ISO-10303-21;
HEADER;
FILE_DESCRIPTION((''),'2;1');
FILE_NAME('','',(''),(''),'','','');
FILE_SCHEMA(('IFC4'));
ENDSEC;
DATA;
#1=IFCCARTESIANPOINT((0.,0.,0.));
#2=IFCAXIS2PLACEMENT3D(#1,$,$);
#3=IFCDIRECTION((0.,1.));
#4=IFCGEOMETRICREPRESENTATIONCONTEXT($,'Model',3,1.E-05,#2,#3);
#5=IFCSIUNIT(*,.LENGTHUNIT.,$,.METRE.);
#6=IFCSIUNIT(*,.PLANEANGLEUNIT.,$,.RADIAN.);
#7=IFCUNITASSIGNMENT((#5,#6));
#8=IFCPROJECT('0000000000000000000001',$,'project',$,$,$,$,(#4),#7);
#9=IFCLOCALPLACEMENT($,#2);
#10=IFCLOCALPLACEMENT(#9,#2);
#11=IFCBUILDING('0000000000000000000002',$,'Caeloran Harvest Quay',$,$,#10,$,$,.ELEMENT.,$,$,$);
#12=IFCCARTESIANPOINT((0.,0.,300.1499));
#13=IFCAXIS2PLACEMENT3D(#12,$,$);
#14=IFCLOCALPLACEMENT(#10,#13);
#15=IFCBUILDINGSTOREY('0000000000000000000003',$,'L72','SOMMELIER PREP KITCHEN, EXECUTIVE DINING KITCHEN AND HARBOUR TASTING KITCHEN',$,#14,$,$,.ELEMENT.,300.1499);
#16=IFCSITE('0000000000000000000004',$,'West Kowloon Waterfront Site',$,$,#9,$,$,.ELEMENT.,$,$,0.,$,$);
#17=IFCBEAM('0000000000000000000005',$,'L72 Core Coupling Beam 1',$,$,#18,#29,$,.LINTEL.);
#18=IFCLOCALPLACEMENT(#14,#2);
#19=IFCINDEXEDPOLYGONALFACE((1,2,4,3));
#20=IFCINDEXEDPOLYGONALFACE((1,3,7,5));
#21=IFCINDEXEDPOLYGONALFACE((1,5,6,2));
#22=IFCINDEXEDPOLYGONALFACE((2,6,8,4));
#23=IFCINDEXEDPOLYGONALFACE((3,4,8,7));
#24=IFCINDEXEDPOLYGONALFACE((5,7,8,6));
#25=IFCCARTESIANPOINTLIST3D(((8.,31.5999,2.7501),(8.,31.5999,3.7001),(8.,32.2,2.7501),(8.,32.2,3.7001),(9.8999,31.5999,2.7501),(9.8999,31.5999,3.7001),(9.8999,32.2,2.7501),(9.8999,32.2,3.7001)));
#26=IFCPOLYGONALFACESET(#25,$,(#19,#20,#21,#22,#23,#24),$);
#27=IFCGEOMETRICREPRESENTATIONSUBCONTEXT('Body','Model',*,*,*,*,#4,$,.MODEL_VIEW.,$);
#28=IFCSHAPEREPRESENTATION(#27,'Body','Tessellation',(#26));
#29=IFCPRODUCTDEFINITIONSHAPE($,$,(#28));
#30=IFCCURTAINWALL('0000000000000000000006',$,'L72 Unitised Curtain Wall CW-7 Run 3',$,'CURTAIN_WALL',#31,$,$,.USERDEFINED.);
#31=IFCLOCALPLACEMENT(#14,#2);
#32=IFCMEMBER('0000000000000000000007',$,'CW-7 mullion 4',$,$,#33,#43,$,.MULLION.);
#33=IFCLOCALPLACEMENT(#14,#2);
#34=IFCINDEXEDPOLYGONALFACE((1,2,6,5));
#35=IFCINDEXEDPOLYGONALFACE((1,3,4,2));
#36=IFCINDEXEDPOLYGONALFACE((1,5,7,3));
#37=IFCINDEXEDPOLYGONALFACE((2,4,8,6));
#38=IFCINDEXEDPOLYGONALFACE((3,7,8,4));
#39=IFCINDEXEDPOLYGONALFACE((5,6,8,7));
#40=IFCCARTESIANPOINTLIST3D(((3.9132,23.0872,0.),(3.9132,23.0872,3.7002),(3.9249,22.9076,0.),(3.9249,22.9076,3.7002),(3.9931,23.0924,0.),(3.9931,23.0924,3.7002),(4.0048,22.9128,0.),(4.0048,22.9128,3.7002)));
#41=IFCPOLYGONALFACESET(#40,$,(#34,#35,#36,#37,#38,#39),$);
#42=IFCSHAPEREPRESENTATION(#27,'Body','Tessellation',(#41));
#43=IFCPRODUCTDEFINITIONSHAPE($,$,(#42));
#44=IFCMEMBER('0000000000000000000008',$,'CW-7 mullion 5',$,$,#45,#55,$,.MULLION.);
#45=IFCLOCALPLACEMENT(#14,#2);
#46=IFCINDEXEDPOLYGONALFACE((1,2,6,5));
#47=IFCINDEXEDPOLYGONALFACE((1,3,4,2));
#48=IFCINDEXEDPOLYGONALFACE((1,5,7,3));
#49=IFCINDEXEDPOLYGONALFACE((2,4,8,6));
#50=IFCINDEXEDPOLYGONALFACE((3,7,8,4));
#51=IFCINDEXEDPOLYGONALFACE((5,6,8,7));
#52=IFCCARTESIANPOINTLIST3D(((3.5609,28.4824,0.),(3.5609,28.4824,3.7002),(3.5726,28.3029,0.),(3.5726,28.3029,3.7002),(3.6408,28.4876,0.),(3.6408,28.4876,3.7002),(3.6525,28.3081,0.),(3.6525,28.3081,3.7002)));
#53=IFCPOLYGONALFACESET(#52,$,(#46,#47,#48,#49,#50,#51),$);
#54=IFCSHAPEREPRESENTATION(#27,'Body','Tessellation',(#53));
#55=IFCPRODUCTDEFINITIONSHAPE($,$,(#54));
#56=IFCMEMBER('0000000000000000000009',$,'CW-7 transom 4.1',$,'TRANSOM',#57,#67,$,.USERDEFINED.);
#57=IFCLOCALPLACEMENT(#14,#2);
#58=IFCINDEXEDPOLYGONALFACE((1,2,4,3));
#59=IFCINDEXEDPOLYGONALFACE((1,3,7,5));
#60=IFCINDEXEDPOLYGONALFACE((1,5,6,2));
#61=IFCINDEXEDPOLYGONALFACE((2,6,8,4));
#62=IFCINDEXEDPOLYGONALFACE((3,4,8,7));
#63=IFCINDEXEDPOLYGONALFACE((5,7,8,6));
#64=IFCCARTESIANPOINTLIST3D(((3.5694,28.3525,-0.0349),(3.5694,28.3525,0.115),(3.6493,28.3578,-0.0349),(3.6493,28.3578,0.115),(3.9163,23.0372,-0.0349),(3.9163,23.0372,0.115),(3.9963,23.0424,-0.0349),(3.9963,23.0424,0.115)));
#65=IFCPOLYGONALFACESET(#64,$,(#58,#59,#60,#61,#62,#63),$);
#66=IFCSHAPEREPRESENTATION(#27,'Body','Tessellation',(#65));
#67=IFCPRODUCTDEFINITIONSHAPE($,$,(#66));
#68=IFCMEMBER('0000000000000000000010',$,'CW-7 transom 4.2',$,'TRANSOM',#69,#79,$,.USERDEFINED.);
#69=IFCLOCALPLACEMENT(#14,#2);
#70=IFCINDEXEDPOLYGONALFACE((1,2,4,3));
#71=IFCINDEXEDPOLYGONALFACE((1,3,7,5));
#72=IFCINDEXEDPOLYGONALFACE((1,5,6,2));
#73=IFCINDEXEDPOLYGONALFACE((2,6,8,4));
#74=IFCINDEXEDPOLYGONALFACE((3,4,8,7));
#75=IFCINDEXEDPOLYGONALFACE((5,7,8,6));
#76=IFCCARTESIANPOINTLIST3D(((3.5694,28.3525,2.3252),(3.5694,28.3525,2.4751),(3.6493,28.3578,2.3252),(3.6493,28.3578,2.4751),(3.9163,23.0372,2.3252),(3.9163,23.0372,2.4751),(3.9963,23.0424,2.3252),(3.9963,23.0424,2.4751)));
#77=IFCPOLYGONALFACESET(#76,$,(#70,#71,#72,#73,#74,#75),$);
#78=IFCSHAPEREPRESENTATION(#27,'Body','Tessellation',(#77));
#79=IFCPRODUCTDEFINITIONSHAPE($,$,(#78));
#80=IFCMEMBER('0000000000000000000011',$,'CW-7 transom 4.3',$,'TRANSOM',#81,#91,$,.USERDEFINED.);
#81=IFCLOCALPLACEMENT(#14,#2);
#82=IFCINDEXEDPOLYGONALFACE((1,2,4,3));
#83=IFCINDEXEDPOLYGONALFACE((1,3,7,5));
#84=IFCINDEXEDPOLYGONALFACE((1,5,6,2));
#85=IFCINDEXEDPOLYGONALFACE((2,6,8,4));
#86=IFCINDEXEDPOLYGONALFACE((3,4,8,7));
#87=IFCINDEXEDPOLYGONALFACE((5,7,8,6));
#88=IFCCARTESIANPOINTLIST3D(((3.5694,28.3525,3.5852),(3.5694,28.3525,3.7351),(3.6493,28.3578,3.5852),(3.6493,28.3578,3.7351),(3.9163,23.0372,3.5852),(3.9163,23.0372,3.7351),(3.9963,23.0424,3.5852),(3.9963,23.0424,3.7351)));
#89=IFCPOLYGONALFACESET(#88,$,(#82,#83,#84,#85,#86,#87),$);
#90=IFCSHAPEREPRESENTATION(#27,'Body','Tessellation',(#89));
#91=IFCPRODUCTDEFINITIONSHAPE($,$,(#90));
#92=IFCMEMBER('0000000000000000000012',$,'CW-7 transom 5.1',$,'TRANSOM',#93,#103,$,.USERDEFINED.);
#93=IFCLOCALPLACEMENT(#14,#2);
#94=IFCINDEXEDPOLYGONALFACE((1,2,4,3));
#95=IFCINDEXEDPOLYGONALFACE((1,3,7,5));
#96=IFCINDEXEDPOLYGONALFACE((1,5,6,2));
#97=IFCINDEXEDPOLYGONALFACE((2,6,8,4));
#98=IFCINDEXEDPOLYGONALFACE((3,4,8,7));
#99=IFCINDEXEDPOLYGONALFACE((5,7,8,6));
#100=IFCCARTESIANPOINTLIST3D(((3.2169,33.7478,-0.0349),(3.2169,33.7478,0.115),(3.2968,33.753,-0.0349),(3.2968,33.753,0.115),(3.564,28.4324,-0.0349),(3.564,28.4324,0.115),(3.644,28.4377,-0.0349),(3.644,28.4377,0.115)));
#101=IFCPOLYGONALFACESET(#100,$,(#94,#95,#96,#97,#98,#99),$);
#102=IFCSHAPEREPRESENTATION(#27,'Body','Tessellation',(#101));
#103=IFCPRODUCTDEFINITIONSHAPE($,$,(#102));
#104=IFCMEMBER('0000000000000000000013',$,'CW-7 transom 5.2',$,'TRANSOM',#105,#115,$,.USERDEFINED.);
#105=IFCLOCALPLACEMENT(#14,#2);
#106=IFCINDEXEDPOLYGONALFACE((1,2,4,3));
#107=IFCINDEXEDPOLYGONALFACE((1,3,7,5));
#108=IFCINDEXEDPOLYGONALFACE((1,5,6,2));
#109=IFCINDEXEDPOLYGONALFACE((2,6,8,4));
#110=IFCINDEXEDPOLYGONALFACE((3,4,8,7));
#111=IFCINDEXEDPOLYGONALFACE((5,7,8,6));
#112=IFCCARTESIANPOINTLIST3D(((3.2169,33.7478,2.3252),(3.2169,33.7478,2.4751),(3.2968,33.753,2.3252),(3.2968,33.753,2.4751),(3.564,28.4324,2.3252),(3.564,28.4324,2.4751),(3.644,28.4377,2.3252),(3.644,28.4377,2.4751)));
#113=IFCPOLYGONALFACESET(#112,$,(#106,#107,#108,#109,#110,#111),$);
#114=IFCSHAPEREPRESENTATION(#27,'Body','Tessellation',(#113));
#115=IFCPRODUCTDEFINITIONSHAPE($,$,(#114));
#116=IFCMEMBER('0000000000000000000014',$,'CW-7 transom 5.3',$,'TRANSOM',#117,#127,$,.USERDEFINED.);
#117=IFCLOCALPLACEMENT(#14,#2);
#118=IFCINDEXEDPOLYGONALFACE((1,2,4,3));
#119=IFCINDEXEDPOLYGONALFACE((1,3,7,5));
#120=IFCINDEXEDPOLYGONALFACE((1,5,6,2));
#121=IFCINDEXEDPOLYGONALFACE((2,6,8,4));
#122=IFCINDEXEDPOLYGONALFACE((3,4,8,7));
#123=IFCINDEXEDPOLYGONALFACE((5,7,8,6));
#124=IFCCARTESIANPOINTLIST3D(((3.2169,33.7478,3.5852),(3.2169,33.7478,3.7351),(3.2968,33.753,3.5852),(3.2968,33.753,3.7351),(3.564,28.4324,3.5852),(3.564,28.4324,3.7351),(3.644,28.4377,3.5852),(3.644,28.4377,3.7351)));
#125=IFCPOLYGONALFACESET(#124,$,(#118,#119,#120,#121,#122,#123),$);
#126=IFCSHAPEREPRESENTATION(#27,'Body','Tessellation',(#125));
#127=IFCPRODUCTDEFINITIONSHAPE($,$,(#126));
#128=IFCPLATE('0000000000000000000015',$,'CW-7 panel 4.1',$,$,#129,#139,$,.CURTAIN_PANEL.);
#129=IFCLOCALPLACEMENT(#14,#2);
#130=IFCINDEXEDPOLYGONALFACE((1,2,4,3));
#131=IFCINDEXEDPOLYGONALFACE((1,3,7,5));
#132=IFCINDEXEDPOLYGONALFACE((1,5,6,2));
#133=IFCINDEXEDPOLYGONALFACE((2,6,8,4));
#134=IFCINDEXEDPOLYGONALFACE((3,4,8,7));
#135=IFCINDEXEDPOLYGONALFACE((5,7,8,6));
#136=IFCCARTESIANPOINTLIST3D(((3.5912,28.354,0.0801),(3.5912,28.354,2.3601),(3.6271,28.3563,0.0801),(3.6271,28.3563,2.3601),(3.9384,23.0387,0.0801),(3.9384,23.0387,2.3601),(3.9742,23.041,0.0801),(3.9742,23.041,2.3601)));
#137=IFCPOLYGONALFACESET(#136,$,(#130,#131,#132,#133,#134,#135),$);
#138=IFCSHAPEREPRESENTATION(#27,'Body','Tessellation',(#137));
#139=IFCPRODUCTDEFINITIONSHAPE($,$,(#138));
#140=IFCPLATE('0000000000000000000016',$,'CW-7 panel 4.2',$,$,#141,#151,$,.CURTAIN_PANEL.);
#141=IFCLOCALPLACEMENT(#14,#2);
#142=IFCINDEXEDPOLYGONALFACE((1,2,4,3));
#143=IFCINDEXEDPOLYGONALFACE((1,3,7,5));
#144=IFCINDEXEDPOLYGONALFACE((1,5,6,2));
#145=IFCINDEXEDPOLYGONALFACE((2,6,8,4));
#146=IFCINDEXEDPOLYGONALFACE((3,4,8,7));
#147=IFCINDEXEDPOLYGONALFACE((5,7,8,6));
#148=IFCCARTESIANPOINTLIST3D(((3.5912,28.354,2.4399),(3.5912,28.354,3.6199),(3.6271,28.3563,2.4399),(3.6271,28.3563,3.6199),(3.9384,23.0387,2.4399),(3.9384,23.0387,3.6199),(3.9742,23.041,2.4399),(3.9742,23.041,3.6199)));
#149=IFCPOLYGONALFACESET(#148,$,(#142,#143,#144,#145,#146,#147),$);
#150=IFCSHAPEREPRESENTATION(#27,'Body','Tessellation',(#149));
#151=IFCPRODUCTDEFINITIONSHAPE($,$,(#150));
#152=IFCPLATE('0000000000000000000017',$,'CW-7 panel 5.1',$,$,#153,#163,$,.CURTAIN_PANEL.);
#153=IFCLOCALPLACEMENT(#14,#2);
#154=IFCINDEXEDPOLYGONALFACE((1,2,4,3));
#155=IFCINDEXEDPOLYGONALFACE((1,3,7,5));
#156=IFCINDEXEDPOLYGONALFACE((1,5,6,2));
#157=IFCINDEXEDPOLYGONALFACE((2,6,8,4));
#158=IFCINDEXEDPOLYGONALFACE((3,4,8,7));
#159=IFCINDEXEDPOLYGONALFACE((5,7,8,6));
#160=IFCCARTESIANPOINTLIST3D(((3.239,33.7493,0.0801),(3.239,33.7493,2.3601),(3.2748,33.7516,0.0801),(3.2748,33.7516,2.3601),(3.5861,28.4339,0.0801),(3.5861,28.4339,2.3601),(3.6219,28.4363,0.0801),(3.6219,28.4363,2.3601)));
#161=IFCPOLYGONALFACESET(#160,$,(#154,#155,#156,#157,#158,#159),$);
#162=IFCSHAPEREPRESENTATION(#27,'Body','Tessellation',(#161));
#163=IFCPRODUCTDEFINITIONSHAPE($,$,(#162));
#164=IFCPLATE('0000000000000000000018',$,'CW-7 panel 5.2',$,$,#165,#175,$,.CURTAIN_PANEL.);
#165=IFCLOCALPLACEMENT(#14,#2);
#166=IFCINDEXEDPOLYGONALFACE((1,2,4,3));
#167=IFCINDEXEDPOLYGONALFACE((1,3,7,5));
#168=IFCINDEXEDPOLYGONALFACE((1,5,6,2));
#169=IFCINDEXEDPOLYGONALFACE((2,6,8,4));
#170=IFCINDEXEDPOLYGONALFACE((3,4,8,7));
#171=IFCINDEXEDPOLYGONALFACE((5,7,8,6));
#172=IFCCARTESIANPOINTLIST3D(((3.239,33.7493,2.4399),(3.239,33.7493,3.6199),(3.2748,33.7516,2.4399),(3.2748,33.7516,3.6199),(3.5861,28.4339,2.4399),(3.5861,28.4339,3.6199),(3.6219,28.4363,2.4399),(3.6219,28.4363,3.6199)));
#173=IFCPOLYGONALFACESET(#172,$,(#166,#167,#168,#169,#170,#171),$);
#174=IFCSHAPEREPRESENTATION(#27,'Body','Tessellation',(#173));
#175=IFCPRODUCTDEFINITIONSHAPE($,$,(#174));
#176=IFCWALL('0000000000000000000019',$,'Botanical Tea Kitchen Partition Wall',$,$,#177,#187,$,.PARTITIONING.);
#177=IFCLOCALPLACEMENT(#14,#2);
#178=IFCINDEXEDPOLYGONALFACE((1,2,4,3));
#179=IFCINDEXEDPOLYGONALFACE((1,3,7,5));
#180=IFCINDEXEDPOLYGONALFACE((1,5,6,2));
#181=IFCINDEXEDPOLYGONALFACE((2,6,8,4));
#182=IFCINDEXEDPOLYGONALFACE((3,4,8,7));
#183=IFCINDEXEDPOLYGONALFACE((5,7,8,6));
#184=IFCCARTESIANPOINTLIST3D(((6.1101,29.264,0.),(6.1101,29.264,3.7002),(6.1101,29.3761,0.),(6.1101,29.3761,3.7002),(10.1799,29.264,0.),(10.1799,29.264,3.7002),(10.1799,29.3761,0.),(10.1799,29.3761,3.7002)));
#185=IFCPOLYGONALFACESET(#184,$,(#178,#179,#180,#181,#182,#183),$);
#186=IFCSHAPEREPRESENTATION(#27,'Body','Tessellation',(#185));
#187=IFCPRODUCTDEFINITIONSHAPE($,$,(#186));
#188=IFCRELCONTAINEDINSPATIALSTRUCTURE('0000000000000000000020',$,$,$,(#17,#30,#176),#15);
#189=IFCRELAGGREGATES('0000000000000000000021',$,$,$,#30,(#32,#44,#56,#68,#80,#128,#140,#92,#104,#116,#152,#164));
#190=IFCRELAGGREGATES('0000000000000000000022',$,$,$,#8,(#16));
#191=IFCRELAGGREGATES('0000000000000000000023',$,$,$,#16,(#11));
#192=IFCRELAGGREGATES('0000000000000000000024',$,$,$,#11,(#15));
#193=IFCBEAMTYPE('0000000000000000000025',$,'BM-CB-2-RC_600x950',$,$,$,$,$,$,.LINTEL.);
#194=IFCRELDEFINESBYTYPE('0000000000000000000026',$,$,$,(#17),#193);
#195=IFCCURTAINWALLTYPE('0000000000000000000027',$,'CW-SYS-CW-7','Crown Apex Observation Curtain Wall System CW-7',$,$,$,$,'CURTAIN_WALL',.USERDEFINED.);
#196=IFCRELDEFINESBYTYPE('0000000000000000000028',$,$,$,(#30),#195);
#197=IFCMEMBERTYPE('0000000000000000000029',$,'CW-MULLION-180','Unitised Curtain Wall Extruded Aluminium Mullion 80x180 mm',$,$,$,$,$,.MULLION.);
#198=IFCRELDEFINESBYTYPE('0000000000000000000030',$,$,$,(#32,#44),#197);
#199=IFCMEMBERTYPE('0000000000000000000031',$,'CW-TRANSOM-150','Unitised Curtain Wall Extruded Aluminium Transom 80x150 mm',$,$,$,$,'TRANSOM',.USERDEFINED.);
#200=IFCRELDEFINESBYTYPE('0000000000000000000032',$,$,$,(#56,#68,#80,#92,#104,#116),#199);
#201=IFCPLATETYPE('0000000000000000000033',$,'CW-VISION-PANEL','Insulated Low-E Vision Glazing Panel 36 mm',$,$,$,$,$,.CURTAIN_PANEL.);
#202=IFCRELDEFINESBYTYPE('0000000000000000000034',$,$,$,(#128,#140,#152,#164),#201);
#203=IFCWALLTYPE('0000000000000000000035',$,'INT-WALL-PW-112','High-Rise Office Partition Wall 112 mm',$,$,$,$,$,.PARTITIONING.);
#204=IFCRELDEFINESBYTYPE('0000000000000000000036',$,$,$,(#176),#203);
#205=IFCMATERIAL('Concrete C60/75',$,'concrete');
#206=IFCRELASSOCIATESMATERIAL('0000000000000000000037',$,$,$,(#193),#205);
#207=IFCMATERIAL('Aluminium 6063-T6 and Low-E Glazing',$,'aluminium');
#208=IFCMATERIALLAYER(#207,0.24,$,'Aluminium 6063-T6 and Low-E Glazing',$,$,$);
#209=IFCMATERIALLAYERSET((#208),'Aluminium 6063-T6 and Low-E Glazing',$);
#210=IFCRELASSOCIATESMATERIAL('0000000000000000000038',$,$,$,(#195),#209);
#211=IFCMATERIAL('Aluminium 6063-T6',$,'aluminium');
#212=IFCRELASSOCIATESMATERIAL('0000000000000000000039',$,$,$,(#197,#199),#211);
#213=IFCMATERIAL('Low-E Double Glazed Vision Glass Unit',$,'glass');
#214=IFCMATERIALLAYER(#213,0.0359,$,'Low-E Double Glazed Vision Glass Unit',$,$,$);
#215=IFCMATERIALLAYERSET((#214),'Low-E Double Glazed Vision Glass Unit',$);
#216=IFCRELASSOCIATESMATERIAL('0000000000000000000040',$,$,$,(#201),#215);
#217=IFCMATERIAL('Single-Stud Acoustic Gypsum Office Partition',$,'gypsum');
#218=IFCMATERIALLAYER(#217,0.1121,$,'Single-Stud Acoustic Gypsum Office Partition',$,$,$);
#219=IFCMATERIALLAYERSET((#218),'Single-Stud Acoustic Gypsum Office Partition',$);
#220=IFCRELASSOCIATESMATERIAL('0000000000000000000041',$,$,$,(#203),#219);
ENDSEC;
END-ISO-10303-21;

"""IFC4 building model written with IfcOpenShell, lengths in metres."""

from ifc_helpers import new_model, si_unit, direction, frame, frame_2d, origin, origin_2d, place, context, subcontext, project, spatial, rectangle, extrude, material, layer, layer_set, material_profile, profile_set, type_object, element, aggregate, save


model = new_model("IFC4")

# Units and contexts
model_context = context("Model", 3, precision=1e-05, world=origin(), true_north=direction((0.0, 1.0)))
body_context = subcontext(model_context, "Body", "Model", "MODEL_VIEW")
ifc_project = project(units=[si_unit("LENGTHUNIT", "METRE"), si_unit("PLANEANGLEUNIT", "RADIAN")], contexts=[model_context])

# Site, building, storey
site_placement = place(None, origin())
site = spatial("IfcSite", under=ifc_project, at=site_placement, Name="West Kowloon Waterfront Site", CompositionType="ELEMENT", RefElevation=0.0)
building_placement = place(site_placement, origin())
building = spatial("IfcBuilding", under=site, at=building_placement, Name="Caeloran Harvest Quay", CompositionType="ELEMENT")
storey_placement = place(building_placement, frame((0.0, 0.0, 300.1499)))
storey = spatial("IfcBuildingStorey", under=building, at=storey_placement, Name="L72", Description="SOMMELIER PREP KITCHEN, EXECUTIVE DINING KITCHEN AND HARBOUR TASTING KITCHEN", CompositionType="ELEMENT", Elevation=300.1499)

# Beam
ifc_material_1 = material(Name="Concrete C60/75", Category="concrete")
ifc_material_profile_1 = material_profile(ifc_material_1, rectangle(XDim=0.6001, YDim=0.95, at=origin_2d()), Name="RC 600x950")
ifc_profile_set_1 = profile_set([ifc_material_profile_1], Name="Concrete C60/75")
beam_type = type_object("IfcBeamType", Name="BM-CB-2-RC_600x950", PredefinedType="LINTEL", material=ifc_profile_set_1)
beam_placement = place(storey_placement, frame((8.0, 31.8999, 3.2251), z_axis=(1.0, 0.0, 0.0), x_axis=(0.0, 1.0, 0.0)))
element("IfcBeam", 1, at=beam_placement, inside=storey, type_object=beam_type, Name="L72 Core Coupling Beam 1", PredefinedType="LINTEL", context=body_context, shape_type="SweptSolid", body=[
    extrude(rectangle(XDim=0.6001, YDim=0.95, at=origin_2d()), origin(), (0.0, 0.0, 1.0), 1.8999),
])

# Curtain wall, members, plates
ifc_material_2 = material(Name="Aluminium 6063-T6 and Low-E Glazing", Category="aluminium")
ifc_layer_1 = layer(ifc_material_2, 0.24, Name="Aluminium 6063-T6 and Low-E Glazing")
ifc_layer_set_1 = layer_set([ifc_layer_1], Name="Aluminium 6063-T6 and Low-E Glazing")
curtain_wall_type = type_object("IfcCurtainWallType", Name="CW-SYS-CW-7", Description="Crown Apex Observation Curtain Wall System CW-7", ElementType="CURTAIN_WALL", PredefinedType="USERDEFINED", material=ifc_layer_set_1)
curtain_wall_placement = place(storey_placement, origin())
curtain_wall = element("IfcCurtainWall", 2, at=curtain_wall_placement, inside=storey, type_object=curtain_wall_type, Name="L72 Unitised Curtain Wall CW-7 Run 3", ObjectType="CURTAIN_WALL", PredefinedType="USERDEFINED")
ifc_material_3 = material(Name="Aluminium 6063-T6", Category="aluminium")
ifc_material_profile_2 = material_profile(ifc_material_3, rectangle(XDim=0.0801, YDim=0.1799, at=origin_2d()), Name="CW-MULLION-180")
ifc_profile_set_2 = profile_set([ifc_material_profile_2], Name="Aluminium 6063-T6")
member_type_1 = type_object("IfcMemberType", Name="CW-MULLION-180", Description="Unitised Curtain Wall Extruded Aluminium Mullion 80x180 mm", PredefinedType="MULLION", material=ifc_profile_set_2)
member_1_placement = place(storey_placement, frame((3.959, 23.0, 0.0), z_axis=(0.0, 0.0, 1.0), x_axis=(-0.997874, -0.065167, 0.0)))
member_1 = element("IfcMember", 3, at=member_1_placement, type_object=member_type_1, Name="CW-7 mullion 4", PredefinedType="MULLION", context=body_context, shape_type="SweptSolid", body=[
    extrude(rectangle(XDim=0.0801, YDim=0.1799, at=origin_2d()), origin(), (0.0, 0.0, 1.0), 3.7002),
])
member_2_placement = place(storey_placement, frame((3.6067, 28.3953, 0.0), z_axis=(0.0, 0.0, 1.0), x_axis=(-0.997874, -0.065167, 0.0)))
member_2 = element("IfcMember", 4, at=member_2_placement, type_object=member_type_1, Name="CW-7 mullion 5", PredefinedType="MULLION", context=body_context, shape_type="SweptSolid", body=[
    extrude(rectangle(XDim=0.0801, YDim=0.1799, at=origin_2d()), origin(), (0.0, 0.0, 1.0), 3.7002),
])
ifc_material_profile_3 = material_profile(ifc_material_3, rectangle(XDim=0.0801, YDim=0.1499, at=origin_2d()), Name="CW-TRANSOM-150")
ifc_profile_set_3 = profile_set([ifc_material_profile_3], Name="Aluminium 6063-T6")
member_type_2 = type_object("IfcMemberType", Name="CW-TRANSOM-150", Description="Unitised Curtain Wall Extruded Aluminium Transom 80x150 mm", ElementType="TRANSOM", PredefinedType="USERDEFINED", material=ifc_profile_set_3)
member_3_placement = place(storey_placement, frame((3.9563, 23.0398, 0.04), z_axis=(-0.065129, 0.997877, 0.0), x_axis=(-0.997877, -0.065129, 0.0)))
member_3 = element("IfcMember", 5, at=member_3_placement, type_object=member_type_2, Name="CW-7 transom 4.1", ObjectType="TRANSOM", PredefinedType="USERDEFINED", context=body_context, shape_type="SweptSolid", body=[
    extrude(rectangle(XDim=0.0801, YDim=0.1499, at=origin_2d()), origin(), (0.0, 0.0, 1.0), 5.3267),
])
member_4_placement = place(storey_placement, frame((3.9563, 23.0398, 2.4001), z_axis=(-0.065129, 0.997877, 0.0), x_axis=(-0.997877, -0.065129, 0.0)))
member_4 = element("IfcMember", 6, at=member_4_placement, type_object=member_type_2, Name="CW-7 transom 4.2", ObjectType="TRANSOM", PredefinedType="USERDEFINED", context=body_context, shape_type="SweptSolid", body=[
    extrude(rectangle(XDim=0.0801, YDim=0.1499, at=origin_2d()), origin(), (0.0, 0.0, 1.0), 5.3267),
])
member_5_placement = place(storey_placement, frame((3.9563, 23.0398, 3.6602), z_axis=(-0.065129, 0.997877, 0.0), x_axis=(-0.997877, -0.065129, 0.0)))
member_5 = element("IfcMember", 7, at=member_5_placement, type_object=member_type_2, Name="CW-7 transom 4.3", ObjectType="TRANSOM", PredefinedType="USERDEFINED", context=body_context, shape_type="SweptSolid", body=[
    extrude(rectangle(XDim=0.0801, YDim=0.1499, at=origin_2d()), origin(), (0.0, 0.0, 1.0), 5.3267),
])
member_6_placement = place(storey_placement, frame((3.604, 28.4351, 0.04), z_axis=(-0.065174, 0.997874, 0.0), x_axis=(-0.997874, -0.065174, 0.0)))
member_6 = element("IfcMember", 8, at=member_6_placement, type_object=member_type_2, Name="CW-7 transom 5.1", ObjectType="TRANSOM", PredefinedType="USERDEFINED", context=body_context, shape_type="SweptSolid", body=[
    extrude(rectangle(XDim=0.0801, YDim=0.1499, at=origin_2d()), origin(), (0.0, 0.0, 1.0), 5.3267),
])
member_7_placement = place(storey_placement, frame((3.604, 28.4351, 2.4001), z_axis=(-0.065174, 0.997874, 0.0), x_axis=(-0.997874, -0.065174, 0.0)))
member_7 = element("IfcMember", 9, at=member_7_placement, type_object=member_type_2, Name="CW-7 transom 5.2", ObjectType="TRANSOM", PredefinedType="USERDEFINED", context=body_context, shape_type="SweptSolid", body=[
    extrude(rectangle(XDim=0.0801, YDim=0.1499, at=origin_2d()), origin(), (0.0, 0.0, 1.0), 5.3267),
])
member_8_placement = place(storey_placement, frame((3.604, 28.4351, 3.6602), z_axis=(-0.065174, 0.997874, 0.0), x_axis=(-0.997874, -0.065174, 0.0)))
member_8 = element("IfcMember", 10, at=member_8_placement, type_object=member_type_2, Name="CW-7 transom 5.3", ObjectType="TRANSOM", PredefinedType="USERDEFINED", context=body_context, shape_type="SweptSolid", body=[
    extrude(rectangle(XDim=0.0801, YDim=0.1499, at=origin_2d()), origin(), (0.0, 0.0, 1.0), 5.3267),
])
ifc_material_4 = material(Name="Low-E Double Glazed Vision Glass Unit", Category="glass")
ifc_layer_2 = layer(ifc_material_4, 0.0359, Name="Low-E Double Glazed Vision Glass Unit")
ifc_layer_set_2 = layer_set([ifc_layer_2], Name="Low-E Double Glazed Vision Glass Unit")
plate_type = type_object("IfcPlateType", Name="CW-VISION-PANEL", Description="Insulated Low-E Vision Glazing Panel 36 mm", PredefinedType="CURTAIN_PANEL", material=ifc_layer_set_2)
plate_1_placement = place(storey_placement, frame((3.7827, 25.6975, 0.0801), z_axis=(0.0, 0.0, 1.0), x_axis=(-0.065167, 0.997874, 0.0)))
plate_1 = element("IfcPlate", 11, at=plate_1_placement, type_object=plate_type, Name="CW-7 panel 4.1", PredefinedType="CURTAIN_PANEL", context=body_context, shape_type="SweptSolid", body=[
    extrude(rectangle(XDim=5.3267, YDim=0.0359, at=origin_2d()), origin(), (0.0, 0.0, 1.0), 2.28),
])
plate_2_placement = place(storey_placement, frame((3.7827, 25.6975, 2.4399), z_axis=(0.0, 0.0, 1.0), x_axis=(-0.065167, 0.997874, 0.0)))
plate_2 = element("IfcPlate", 12, at=plate_2_placement, type_object=plate_type, Name="CW-7 panel 4.2", PredefinedType="CURTAIN_PANEL", context=body_context, shape_type="SweptSolid", body=[
    extrude(rectangle(XDim=5.3267, YDim=0.0359, at=origin_2d()), origin(), (0.0, 0.0, 1.0), 1.1799),
])
plate_3_placement = place(storey_placement, frame((3.4304, 31.0928, 0.0801), z_axis=(0.0, 0.0, 1.0), x_axis=(-0.065167, 0.997874, 0.0)))
plate_3 = element("IfcPlate", 13, at=plate_3_placement, type_object=plate_type, Name="CW-7 panel 5.1", PredefinedType="CURTAIN_PANEL", context=body_context, shape_type="SweptSolid", body=[
    extrude(rectangle(XDim=5.3267, YDim=0.0359, at=origin_2d()), origin(), (0.0, 0.0, 1.0), 2.28),
])
plate_4_placement = place(storey_placement, frame((3.4304, 31.0928, 2.4399), z_axis=(0.0, 0.0, 1.0), x_axis=(-0.065167, 0.997874, 0.0)))
plate_4 = element("IfcPlate", 14, at=plate_4_placement, type_object=plate_type, Name="CW-7 panel 5.2", PredefinedType="CURTAIN_PANEL", context=body_context, shape_type="SweptSolid", body=[
    extrude(rectangle(XDim=5.3267, YDim=0.0359, at=origin_2d()), origin(), (0.0, 0.0, 1.0), 1.1799),
])
aggregate(curtain_wall, [member_1, member_2, member_3, member_4, member_5, plate_1, plate_2, member_6, member_7, member_8, plate_3, plate_4])

# Wall
ifc_material_5 = material(Name="Single-Stud Acoustic Gypsum Office Partition", Category="gypsum")
ifc_layer_3 = layer(ifc_material_5, 0.1121, Name="Single-Stud Acoustic Gypsum Office Partition")
ifc_layer_set_3 = layer_set([ifc_layer_3], Name="Single-Stud Acoustic Gypsum Office Partition")
wall_type_1 = type_object("IfcWallType", Name="INT-WALL-PW-112", Description="High-Rise Office Partition Wall 112 mm", PredefinedType="PARTITIONING", material=ifc_layer_set_3)
wall_1_placement = place(storey_placement, frame((6.1101, 29.3201, 0.0), z_axis=(0.0, 0.0, 1.0), x_axis=(1.0, 0.0, 0.0)))
element("IfcWall", 15, at=wall_1_placement, inside=storey, type_object=wall_type_1, Name="Botanical Tea Kitchen Partition Wall", PredefinedType="PARTITIONING", context=body_context, shape_type="SweptSolid", body=[
    extrude(rectangle(XDim=4.0698, YDim=0.1121, at=frame_2d((2.0349, 0.0))), origin(), (0.0, 0.0, 1.0), 3.7002),
])

save(model, "model.ifc")
